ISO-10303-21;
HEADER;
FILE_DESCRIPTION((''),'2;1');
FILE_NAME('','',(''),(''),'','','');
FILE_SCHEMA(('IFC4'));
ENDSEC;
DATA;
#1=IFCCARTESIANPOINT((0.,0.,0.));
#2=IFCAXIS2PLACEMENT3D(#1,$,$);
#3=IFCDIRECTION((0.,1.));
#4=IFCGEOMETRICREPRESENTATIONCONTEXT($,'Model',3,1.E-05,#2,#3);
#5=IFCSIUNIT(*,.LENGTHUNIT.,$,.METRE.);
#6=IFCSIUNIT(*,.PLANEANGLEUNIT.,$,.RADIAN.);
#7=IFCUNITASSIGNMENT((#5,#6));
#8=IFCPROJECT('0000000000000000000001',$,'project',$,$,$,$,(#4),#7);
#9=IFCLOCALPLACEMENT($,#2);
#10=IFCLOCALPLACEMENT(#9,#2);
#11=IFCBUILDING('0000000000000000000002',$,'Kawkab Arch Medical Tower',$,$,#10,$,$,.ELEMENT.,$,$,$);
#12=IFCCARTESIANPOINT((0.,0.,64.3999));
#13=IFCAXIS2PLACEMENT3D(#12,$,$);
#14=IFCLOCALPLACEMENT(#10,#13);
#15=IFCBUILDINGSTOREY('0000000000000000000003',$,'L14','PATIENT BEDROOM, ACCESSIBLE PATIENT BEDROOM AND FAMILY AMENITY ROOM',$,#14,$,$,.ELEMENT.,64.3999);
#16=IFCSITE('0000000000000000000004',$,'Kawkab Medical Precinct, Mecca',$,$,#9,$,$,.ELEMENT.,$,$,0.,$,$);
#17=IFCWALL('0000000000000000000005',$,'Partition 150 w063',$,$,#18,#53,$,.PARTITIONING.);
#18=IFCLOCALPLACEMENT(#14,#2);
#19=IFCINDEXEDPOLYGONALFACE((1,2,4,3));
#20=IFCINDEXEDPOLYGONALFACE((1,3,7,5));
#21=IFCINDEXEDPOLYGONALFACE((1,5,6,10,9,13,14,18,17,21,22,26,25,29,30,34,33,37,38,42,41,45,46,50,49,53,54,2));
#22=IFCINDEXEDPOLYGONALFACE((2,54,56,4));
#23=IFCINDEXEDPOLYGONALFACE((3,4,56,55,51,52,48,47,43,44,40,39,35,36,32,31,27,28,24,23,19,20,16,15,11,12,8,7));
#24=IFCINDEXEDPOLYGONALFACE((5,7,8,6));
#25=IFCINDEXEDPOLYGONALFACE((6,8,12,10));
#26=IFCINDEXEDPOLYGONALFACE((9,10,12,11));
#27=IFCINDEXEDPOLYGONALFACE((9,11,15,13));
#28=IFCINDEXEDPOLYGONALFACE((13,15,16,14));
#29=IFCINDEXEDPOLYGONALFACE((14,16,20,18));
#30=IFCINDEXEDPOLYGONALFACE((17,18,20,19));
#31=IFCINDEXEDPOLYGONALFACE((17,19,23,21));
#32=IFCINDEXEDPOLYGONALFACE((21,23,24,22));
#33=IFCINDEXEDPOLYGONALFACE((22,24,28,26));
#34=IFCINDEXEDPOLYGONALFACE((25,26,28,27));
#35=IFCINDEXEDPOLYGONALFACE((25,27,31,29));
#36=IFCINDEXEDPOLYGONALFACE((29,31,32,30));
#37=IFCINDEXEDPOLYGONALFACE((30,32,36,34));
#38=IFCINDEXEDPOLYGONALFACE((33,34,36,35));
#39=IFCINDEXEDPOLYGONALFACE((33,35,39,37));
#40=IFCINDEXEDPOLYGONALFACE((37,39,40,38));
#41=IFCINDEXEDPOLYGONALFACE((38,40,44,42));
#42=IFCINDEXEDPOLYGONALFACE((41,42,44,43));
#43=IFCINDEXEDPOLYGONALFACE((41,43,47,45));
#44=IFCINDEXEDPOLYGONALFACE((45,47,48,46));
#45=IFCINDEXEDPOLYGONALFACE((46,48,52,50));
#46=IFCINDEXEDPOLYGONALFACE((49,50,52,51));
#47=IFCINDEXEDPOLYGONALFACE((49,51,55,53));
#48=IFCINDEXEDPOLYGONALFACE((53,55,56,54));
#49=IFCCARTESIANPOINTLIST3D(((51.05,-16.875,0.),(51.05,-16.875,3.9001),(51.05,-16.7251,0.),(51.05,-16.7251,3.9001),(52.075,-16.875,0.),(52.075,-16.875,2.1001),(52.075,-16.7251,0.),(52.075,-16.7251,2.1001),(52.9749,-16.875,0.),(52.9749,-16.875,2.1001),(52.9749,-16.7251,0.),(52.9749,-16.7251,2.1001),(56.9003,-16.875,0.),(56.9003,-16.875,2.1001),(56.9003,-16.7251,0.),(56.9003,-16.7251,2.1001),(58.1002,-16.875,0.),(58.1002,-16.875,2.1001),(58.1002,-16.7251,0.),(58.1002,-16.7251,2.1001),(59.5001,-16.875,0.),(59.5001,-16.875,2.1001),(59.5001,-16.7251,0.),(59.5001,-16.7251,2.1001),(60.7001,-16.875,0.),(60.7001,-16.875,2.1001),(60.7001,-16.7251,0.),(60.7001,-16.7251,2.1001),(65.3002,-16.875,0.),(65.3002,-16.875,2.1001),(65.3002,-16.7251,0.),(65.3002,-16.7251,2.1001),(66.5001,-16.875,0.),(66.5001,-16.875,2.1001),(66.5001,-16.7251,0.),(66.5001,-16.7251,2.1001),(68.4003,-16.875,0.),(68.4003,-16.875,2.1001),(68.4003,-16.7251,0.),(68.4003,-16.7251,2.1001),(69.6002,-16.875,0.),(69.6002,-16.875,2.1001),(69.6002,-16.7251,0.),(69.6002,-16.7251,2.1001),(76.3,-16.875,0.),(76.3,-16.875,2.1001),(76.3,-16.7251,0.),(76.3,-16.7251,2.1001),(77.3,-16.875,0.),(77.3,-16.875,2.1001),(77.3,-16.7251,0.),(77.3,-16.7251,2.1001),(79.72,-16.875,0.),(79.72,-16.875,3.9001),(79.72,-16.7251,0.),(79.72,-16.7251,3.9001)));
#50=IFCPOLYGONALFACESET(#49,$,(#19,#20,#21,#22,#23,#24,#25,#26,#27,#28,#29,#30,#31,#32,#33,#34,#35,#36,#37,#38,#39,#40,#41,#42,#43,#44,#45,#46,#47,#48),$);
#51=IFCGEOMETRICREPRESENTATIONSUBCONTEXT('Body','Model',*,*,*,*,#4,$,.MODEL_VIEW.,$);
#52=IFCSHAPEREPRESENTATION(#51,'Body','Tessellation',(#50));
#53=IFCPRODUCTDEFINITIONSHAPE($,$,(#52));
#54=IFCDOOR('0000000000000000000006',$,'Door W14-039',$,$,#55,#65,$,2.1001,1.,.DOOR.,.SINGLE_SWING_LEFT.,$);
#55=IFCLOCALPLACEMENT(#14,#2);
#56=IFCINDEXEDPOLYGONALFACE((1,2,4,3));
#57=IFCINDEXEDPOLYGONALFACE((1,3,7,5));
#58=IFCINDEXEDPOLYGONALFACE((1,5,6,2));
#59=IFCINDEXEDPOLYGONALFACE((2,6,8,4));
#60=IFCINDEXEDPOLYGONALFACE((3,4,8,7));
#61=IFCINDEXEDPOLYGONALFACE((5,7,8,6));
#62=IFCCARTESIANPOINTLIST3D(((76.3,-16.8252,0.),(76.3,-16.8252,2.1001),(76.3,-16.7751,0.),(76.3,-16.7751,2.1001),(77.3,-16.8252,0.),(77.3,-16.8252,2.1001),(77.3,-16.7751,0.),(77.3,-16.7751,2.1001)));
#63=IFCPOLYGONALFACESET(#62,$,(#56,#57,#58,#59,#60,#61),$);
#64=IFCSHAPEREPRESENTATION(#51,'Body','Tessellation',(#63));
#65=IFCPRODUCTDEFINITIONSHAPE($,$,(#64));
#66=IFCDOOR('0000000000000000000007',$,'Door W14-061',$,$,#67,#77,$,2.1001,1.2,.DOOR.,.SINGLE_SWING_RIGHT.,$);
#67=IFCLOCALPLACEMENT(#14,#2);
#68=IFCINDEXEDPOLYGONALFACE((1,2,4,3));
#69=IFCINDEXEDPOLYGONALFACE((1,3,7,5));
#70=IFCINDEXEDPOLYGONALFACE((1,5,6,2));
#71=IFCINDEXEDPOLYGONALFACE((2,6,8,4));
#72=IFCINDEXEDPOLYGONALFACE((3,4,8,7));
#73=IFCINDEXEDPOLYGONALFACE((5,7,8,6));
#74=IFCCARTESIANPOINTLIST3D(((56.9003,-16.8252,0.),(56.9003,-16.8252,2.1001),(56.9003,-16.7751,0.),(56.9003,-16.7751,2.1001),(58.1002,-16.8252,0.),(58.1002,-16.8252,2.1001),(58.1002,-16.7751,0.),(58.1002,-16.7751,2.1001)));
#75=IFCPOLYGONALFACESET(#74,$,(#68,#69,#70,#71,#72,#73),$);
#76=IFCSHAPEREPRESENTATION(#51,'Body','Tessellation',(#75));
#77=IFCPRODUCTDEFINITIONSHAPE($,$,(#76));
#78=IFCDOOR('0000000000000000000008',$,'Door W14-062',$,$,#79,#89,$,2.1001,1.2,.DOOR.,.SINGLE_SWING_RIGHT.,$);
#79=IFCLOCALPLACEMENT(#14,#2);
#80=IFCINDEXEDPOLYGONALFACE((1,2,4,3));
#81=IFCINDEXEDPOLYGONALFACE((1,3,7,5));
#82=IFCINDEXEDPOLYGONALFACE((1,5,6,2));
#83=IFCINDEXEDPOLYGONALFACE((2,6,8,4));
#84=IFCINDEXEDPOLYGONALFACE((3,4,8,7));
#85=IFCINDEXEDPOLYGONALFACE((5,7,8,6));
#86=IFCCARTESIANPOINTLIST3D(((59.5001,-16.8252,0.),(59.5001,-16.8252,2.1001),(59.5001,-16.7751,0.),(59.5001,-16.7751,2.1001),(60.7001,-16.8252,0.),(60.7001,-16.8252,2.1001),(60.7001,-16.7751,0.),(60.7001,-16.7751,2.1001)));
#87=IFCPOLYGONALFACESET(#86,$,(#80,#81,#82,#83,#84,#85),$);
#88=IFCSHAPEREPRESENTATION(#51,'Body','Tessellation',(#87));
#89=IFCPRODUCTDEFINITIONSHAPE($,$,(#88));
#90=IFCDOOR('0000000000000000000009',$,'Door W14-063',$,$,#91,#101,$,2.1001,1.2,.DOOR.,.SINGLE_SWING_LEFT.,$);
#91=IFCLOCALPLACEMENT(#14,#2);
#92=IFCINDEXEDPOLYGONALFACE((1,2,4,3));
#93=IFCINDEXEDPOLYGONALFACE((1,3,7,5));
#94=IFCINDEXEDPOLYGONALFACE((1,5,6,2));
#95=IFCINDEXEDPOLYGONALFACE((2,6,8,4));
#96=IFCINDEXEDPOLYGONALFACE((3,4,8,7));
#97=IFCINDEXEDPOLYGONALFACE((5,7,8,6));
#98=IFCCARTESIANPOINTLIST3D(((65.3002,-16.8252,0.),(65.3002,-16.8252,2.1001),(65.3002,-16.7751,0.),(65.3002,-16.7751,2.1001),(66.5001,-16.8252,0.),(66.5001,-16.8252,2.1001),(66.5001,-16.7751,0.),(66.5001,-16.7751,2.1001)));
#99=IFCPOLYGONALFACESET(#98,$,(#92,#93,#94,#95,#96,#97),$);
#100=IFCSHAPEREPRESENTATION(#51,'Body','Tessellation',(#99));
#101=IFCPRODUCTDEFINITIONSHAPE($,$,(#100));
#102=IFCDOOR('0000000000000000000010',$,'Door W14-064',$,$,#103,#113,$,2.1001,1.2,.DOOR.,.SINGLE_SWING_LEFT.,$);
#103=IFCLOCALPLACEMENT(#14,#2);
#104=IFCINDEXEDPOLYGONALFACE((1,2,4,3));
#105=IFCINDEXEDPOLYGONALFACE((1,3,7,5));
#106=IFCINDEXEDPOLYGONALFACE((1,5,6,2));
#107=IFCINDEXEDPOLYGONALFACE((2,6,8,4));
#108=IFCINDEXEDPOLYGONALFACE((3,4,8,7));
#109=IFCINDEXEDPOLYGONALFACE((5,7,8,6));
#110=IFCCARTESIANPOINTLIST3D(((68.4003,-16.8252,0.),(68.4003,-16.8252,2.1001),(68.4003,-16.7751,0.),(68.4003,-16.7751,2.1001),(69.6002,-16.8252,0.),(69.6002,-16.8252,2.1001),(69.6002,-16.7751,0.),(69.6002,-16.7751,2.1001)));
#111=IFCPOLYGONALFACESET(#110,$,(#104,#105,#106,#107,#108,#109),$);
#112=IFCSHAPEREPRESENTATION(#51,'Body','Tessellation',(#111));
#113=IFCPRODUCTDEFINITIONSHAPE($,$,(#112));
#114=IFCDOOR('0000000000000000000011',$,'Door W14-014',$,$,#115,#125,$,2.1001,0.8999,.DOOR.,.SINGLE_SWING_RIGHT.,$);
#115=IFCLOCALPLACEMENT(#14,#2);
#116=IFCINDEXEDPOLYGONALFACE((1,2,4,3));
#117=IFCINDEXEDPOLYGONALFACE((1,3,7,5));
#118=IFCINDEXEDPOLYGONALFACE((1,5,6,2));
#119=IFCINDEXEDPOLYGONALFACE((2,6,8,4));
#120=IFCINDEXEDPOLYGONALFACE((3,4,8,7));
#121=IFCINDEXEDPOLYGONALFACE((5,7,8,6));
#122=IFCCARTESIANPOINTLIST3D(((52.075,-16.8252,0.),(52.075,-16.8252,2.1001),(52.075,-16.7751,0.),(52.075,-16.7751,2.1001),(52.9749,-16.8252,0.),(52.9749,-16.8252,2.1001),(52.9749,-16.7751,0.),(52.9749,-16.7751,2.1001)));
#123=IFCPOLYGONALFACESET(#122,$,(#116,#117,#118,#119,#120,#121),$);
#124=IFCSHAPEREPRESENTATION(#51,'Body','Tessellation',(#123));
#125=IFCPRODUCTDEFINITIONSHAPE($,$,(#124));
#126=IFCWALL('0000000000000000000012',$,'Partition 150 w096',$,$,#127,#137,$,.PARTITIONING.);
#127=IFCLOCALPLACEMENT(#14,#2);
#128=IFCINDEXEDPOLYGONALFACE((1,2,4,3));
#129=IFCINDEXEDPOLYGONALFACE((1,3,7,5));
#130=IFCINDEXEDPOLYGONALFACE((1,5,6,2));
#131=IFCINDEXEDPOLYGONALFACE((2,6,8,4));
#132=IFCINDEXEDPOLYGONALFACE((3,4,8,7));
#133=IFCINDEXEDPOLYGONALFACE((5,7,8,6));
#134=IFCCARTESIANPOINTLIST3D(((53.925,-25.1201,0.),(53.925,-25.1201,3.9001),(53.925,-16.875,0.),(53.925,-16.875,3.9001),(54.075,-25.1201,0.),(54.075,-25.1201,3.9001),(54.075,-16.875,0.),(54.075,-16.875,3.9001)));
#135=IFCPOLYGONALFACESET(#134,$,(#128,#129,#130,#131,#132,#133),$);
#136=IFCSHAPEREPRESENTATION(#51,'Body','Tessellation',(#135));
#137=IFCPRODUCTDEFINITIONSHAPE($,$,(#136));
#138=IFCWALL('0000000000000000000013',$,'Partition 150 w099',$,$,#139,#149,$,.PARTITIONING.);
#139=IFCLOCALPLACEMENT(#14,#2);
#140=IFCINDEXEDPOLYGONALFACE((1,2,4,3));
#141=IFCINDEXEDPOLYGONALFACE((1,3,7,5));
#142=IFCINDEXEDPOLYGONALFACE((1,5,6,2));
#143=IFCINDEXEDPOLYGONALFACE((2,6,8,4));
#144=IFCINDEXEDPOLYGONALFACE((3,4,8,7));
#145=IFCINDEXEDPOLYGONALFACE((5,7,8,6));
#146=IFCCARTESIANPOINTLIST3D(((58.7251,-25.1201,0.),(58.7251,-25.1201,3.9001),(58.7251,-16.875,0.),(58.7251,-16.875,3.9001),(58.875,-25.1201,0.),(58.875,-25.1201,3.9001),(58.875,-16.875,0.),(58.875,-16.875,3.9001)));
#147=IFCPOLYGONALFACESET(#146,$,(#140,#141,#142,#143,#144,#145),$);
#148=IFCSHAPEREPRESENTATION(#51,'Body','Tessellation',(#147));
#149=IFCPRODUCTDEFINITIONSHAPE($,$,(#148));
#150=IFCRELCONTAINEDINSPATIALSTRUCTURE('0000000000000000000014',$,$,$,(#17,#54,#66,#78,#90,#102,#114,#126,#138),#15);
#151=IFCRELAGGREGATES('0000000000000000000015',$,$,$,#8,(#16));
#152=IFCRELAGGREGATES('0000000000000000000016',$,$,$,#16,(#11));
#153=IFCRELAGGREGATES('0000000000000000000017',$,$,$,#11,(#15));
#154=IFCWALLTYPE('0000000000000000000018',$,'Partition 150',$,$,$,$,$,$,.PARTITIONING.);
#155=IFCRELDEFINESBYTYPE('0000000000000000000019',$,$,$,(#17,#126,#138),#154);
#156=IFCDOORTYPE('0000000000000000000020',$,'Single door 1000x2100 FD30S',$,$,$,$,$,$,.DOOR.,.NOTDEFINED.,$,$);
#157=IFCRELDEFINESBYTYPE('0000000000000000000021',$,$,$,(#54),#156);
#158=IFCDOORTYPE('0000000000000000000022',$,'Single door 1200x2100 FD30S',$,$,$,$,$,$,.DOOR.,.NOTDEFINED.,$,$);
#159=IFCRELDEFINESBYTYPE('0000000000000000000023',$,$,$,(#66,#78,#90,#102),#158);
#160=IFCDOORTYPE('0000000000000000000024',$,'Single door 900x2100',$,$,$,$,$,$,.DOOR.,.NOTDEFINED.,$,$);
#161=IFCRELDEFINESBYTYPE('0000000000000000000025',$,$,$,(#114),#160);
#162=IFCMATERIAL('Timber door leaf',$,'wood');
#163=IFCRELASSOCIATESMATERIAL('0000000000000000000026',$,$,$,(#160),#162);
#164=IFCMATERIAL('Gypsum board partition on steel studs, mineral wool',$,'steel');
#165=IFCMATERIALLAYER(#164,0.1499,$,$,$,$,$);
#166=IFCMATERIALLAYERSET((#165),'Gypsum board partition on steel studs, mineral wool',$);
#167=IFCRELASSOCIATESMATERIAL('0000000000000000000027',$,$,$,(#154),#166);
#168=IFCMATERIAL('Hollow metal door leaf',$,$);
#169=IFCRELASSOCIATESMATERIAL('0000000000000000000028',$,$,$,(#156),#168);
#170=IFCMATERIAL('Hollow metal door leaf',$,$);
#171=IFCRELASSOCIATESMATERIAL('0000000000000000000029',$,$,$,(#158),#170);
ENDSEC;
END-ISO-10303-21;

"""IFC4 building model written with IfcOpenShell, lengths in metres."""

from ifc_helpers import new_model, si_unit, direction, frame, frame_2d, origin, place, context, subcontext, project, spatial, rectangle, extrude, material, layer, layer_set, type_object, element, fill, save


model = new_model("IFC4")

# Units and contexts
model_context = context("Model", 3, precision=1e-05, world=origin(), true_north=direction((0.0, 1.0)))
body_context = subcontext(model_context, "Body", "Model", "MODEL_VIEW")
ifc_project = project(units=[si_unit("LENGTHUNIT", "METRE"), si_unit("PLANEANGLEUNIT", "RADIAN")], contexts=[model_context])

# Site, building, storey
site_placement = place(None, origin())
site = spatial("IfcSite", under=ifc_project, at=site_placement, Name="Kawkab Medical Precinct, Mecca", CompositionType="ELEMENT", RefElevation=0.0)
building_placement = place(site_placement, origin())
building = spatial("IfcBuilding", under=site, at=building_placement, Name="Kawkab Arch Medical Tower", CompositionType="ELEMENT")
storey_placement = place(building_placement, frame((0.0, 0.0, 64.3999)))
storey = spatial("IfcBuildingStorey", under=building, at=storey_placement, Name="L14", Description="PATIENT BEDROOM, ACCESSIBLE PATIENT BEDROOM AND FAMILY AMENITY ROOM", CompositionType="ELEMENT", Elevation=64.3999)

# Shared definitions
ifc_material_1 = material(Name="Timber door leaf", Category="wood")
door_type_1 = type_object("IfcDoorType", Name="Single door 900x2100", OperationType="NOTDEFINED", PredefinedType="DOOR", material=ifc_material_1)

# Wall, openings, doors
ifc_material_2 = material(Name="Gypsum board partition on steel studs, mineral wool", Category="steel")
ifc_layer_1 = layer(ifc_material_2, 0.1499)
ifc_layer_set_1 = layer_set([ifc_layer_1], Name="Gypsum board partition on steel studs, mineral wool")
wall_type_1 = type_object("IfcWallType", Name="Partition 150", PredefinedType="PARTITIONING", material=ifc_layer_set_1)
wall_1_placement = place(storey_placement, frame((51.05, -16.8, 0.0), z_axis=(0.0, 0.0, 1.0), x_axis=(1.0, 0.0, 0.0)))
wall_1 = element("IfcWall", 1, at=wall_1_placement, inside=storey, type_object=wall_type_1, Name="Partition 150 w063", PredefinedType="PARTITIONING", context=body_context, shape_type="SweptSolid", body=[
    extrude(rectangle(XDim=28.6699, YDim=0.1499, at=frame_2d((14.335, 0.0))), origin(), (0.0, 0.0, 1.0), 3.9001),
])
opening_1_placement = place(wall_1_placement, frame((1.0249, 0.0, 0.0)))
opening_1 = element("IfcOpeningElement", 2, at=opening_1_placement, cuts=wall_1, PredefinedType="OPENING", context=body_context, shape_type="SweptSolid", body=[
    extrude(rectangle(XDim=0.8999, YDim=2.1001, at=frame_2d((0.45, 1.05))), frame((0.0, 0.085, 0.0), z_axis=(0.0, -1.0, 0.0), x_axis=(1.0, 0.0, 0.0)), (0.0, 0.0, 1.0), 0.1699),
])
opening_2_placement = place(wall_1_placement, frame((5.8501, 0.0, 0.0)))
opening_2 = element("IfcOpeningElement", 3, at=opening_2_placement, cuts=wall_1, PredefinedType="OPENING", context=body_context, shape_type="SweptSolid", body=[
    extrude(rectangle(XDim=1.2, YDim=2.1001, at=frame_2d((0.6001, 1.05))), frame((0.0, 0.085, 0.0), z_axis=(0.0, -1.0, 0.0), x_axis=(1.0, 0.0, 0.0)), (0.0, 0.0, 1.0), 0.1699),
])
opening_3_placement = place(wall_1_placement, frame((8.45, 0.0, 0.0)))
opening_3 = element("IfcOpeningElement", 4, at=opening_3_placement, cuts=wall_1, PredefinedType="OPENING", context=body_context, shape_type="SweptSolid", body=[
    extrude(rectangle(XDim=1.2, YDim=2.1001, at=frame_2d((0.6001, 1.05))), frame((0.0, 0.085, 0.0), z_axis=(0.0, -1.0, 0.0), x_axis=(1.0, 0.0, 0.0)), (0.0, 0.0, 1.0), 0.1699),
])
opening_4_placement = place(wall_1_placement, frame((14.25, 0.0, 0.0)))
opening_4 = element("IfcOpeningElement", 5, at=opening_4_placement, cuts=wall_1, PredefinedType="OPENING", context=body_context, shape_type="SweptSolid", body=[
    extrude(rectangle(XDim=1.2, YDim=2.1001, at=frame_2d((0.6001, 1.05))), frame((0.0, 0.085, 0.0), z_axis=(0.0, -1.0, 0.0), x_axis=(1.0, 0.0, 0.0)), (0.0, 0.0, 1.0), 0.1699),
])
opening_5_placement = place(wall_1_placement, frame((17.3501, 0.0, 0.0)))
opening_5 = element("IfcOpeningElement", 6, at=opening_5_placement, cuts=wall_1, PredefinedType="OPENING", context=body_context, shape_type="SweptSolid", body=[
    extrude(rectangle(XDim=1.2, YDim=2.1001, at=frame_2d((0.6001, 1.05))), frame((0.0, 0.085, 0.0), z_axis=(0.0, -1.0, 0.0), x_axis=(1.0, 0.0, 0.0)), (0.0, 0.0, 1.0), 0.1699),
])
opening_6_placement = place(wall_1_placement, frame((25.25, 0.0, 0.0)))
opening_6 = element("IfcOpeningElement", 7, at=opening_6_placement, cuts=wall_1, PredefinedType="OPENING", context=body_context, shape_type="SweptSolid", body=[
    extrude(rectangle(XDim=1.0, YDim=2.1001, at=frame_2d((0.5, 1.05))), frame((0.0, 0.085, 0.0), z_axis=(0.0, -1.0, 0.0), x_axis=(1.0, 0.0, 0.0)), (0.0, 0.0, 1.0), 0.1699),
])
ifc_material_3 = material(Name="Hollow metal door leaf")
door_type_2 = type_object("IfcDoorType", Name="Single door 1000x2100 FD30S", OperationType="NOTDEFINED", PredefinedType="DOOR", material=ifc_material_3)
door_1_placement = place(opening_6_placement, origin())
door_1 = element("IfcDoor", 8, at=door_1_placement, inside=storey, type_object=door_type_2, Name="Door W14-039", OperationType="SINGLE_SWING_LEFT", OverallHeight=2.1001, OverallWidth=1.0, PredefinedType="DOOR", context=body_context, shape_type="SweptSolid", body=[
    extrude(rectangle(XDim=1.0, YDim=2.1001, at=frame_2d((0.5, 1.05))), frame((0.0, 0.0249, 0.0), z_axis=(0.0, -1.0, 0.0), x_axis=(1.0, 0.0, 0.0)), (0.0, 0.0, 1.0), 0.05),
])
fill(opening_6, door_1)
ifc_material_4 = material(Name="Hollow metal door leaf")
door_type_3 = type_object("IfcDoorType", Name="Single door 1200x2100 FD30S", OperationType="NOTDEFINED", PredefinedType="DOOR", material=ifc_material_4)
door_2_placement = place(opening_2_placement, origin())
door_2 = element("IfcDoor", 9, at=door_2_placement, inside=storey, type_object=door_type_3, Name="Door W14-061", OperationType="SINGLE_SWING_RIGHT", OverallHeight=2.1001, OverallWidth=1.2, PredefinedType="DOOR", context=body_context, shape_type="SweptSolid", body=[
    extrude(rectangle(XDim=1.2, YDim=2.1001, at=frame_2d((0.6001, 1.05))), frame((0.0, 0.0249, 0.0), z_axis=(0.0, -1.0, 0.0), x_axis=(1.0, 0.0, 0.0)), (0.0, 0.0, 1.0), 0.05),
])
fill(opening_2, door_2)
door_3_placement = place(opening_3_placement, origin())
door_3 = element("IfcDoor", 10, at=door_3_placement, inside=storey, type_object=door_type_3, Name="Door W14-062", OperationType="SINGLE_SWING_RIGHT", OverallHeight=2.1001, OverallWidth=1.2, PredefinedType="DOOR", context=body_context, shape_type="SweptSolid", body=[
    extrude(rectangle(XDim=1.2, YDim=2.1001, at=frame_2d((0.6001, 1.05))), frame((0.0, 0.0249, 0.0), z_axis=(0.0, -1.0, 0.0), x_axis=(1.0, 0.0, 0.0)), (0.0, 0.0, 1.0), 0.05),
])
fill(opening_3, door_3)
door_4_placement = place(opening_4_placement, origin())
door_4 = element("IfcDoor", 11, at=door_4_placement, inside=storey, type_object=door_type_3, Name="Door W14-063", OperationType="SINGLE_SWING_LEFT", OverallHeight=2.1001, OverallWidth=1.2, PredefinedType="DOOR", context=body_context, shape_type="SweptSolid", body=[
    extrude(rectangle(XDim=1.2, YDim=2.1001, at=frame_2d((0.6001, 1.05))), frame((0.0, 0.0249, 0.0), z_axis=(0.0, -1.0, 0.0), x_axis=(1.0, 0.0, 0.0)), (0.0, 0.0, 1.0), 0.05),
])
fill(opening_4, door_4)
door_5_placement = place(opening_5_placement, origin())
door_5 = element("IfcDoor", 12, at=door_5_placement, inside=storey, type_object=door_type_3, Name="Door W14-064", OperationType="SINGLE_SWING_LEFT", OverallHeight=2.1001, OverallWidth=1.2, PredefinedType="DOOR", context=body_context, shape_type="SweptSolid", body=[
    extrude(rectangle(XDim=1.2, YDim=2.1001, at=frame_2d((0.6001, 1.05))), frame((0.0, 0.0249, 0.0), z_axis=(0.0, -1.0, 0.0), x_axis=(1.0, 0.0, 0.0)), (0.0, 0.0, 1.0), 0.05),
])
fill(opening_5, door_5)
door_6_placement = place(opening_1_placement, origin())
door_6 = element("IfcDoor", 13, at=door_6_placement, inside=storey, type_object=door_type_1, Name="Door W14-014", OperationType="SINGLE_SWING_RIGHT", OverallHeight=2.1001, OverallWidth=0.8999, PredefinedType="DOOR", context=body_context, shape_type="SweptSolid", body=[
    extrude(rectangle(XDim=0.8999, YDim=2.1001, at=frame_2d((0.45, 1.05))), frame((0.0, 0.0249, 0.0), z_axis=(0.0, -1.0, 0.0), x_axis=(1.0, 0.0, 0.0)), (0.0, 0.0, 1.0), 0.05),
])
fill(opening_1, door_6)

# Walls
for number, where, z_axis, x_axis, name in (
    (14, (54.0, -25.1201, 0.0), (0.0, 0.0, 1.0), (0.0, 1.0, 0.0), "Partition 150 w096"),
    (15, (58.8, -25.1201, 0.0), (0.0, 0.0, 1.0), (0.0, 1.0, 0.0), "Partition 150 w099"),
):
    element("IfcWall", number, at=place(storey_placement, frame(where, z_axis=z_axis, x_axis=x_axis)), inside=storey, type_object=wall_type_1, Name=name, PredefinedType="PARTITIONING", context=body_context, shape_type="SweptSolid", body=[
        extrude(rectangle(XDim=8.2451, YDim=0.1499, at=frame_2d((4.1226, 0.0))), origin(), (0.0, 0.0, 1.0), 3.9001),
    ])

save(model, "model.ifc")
